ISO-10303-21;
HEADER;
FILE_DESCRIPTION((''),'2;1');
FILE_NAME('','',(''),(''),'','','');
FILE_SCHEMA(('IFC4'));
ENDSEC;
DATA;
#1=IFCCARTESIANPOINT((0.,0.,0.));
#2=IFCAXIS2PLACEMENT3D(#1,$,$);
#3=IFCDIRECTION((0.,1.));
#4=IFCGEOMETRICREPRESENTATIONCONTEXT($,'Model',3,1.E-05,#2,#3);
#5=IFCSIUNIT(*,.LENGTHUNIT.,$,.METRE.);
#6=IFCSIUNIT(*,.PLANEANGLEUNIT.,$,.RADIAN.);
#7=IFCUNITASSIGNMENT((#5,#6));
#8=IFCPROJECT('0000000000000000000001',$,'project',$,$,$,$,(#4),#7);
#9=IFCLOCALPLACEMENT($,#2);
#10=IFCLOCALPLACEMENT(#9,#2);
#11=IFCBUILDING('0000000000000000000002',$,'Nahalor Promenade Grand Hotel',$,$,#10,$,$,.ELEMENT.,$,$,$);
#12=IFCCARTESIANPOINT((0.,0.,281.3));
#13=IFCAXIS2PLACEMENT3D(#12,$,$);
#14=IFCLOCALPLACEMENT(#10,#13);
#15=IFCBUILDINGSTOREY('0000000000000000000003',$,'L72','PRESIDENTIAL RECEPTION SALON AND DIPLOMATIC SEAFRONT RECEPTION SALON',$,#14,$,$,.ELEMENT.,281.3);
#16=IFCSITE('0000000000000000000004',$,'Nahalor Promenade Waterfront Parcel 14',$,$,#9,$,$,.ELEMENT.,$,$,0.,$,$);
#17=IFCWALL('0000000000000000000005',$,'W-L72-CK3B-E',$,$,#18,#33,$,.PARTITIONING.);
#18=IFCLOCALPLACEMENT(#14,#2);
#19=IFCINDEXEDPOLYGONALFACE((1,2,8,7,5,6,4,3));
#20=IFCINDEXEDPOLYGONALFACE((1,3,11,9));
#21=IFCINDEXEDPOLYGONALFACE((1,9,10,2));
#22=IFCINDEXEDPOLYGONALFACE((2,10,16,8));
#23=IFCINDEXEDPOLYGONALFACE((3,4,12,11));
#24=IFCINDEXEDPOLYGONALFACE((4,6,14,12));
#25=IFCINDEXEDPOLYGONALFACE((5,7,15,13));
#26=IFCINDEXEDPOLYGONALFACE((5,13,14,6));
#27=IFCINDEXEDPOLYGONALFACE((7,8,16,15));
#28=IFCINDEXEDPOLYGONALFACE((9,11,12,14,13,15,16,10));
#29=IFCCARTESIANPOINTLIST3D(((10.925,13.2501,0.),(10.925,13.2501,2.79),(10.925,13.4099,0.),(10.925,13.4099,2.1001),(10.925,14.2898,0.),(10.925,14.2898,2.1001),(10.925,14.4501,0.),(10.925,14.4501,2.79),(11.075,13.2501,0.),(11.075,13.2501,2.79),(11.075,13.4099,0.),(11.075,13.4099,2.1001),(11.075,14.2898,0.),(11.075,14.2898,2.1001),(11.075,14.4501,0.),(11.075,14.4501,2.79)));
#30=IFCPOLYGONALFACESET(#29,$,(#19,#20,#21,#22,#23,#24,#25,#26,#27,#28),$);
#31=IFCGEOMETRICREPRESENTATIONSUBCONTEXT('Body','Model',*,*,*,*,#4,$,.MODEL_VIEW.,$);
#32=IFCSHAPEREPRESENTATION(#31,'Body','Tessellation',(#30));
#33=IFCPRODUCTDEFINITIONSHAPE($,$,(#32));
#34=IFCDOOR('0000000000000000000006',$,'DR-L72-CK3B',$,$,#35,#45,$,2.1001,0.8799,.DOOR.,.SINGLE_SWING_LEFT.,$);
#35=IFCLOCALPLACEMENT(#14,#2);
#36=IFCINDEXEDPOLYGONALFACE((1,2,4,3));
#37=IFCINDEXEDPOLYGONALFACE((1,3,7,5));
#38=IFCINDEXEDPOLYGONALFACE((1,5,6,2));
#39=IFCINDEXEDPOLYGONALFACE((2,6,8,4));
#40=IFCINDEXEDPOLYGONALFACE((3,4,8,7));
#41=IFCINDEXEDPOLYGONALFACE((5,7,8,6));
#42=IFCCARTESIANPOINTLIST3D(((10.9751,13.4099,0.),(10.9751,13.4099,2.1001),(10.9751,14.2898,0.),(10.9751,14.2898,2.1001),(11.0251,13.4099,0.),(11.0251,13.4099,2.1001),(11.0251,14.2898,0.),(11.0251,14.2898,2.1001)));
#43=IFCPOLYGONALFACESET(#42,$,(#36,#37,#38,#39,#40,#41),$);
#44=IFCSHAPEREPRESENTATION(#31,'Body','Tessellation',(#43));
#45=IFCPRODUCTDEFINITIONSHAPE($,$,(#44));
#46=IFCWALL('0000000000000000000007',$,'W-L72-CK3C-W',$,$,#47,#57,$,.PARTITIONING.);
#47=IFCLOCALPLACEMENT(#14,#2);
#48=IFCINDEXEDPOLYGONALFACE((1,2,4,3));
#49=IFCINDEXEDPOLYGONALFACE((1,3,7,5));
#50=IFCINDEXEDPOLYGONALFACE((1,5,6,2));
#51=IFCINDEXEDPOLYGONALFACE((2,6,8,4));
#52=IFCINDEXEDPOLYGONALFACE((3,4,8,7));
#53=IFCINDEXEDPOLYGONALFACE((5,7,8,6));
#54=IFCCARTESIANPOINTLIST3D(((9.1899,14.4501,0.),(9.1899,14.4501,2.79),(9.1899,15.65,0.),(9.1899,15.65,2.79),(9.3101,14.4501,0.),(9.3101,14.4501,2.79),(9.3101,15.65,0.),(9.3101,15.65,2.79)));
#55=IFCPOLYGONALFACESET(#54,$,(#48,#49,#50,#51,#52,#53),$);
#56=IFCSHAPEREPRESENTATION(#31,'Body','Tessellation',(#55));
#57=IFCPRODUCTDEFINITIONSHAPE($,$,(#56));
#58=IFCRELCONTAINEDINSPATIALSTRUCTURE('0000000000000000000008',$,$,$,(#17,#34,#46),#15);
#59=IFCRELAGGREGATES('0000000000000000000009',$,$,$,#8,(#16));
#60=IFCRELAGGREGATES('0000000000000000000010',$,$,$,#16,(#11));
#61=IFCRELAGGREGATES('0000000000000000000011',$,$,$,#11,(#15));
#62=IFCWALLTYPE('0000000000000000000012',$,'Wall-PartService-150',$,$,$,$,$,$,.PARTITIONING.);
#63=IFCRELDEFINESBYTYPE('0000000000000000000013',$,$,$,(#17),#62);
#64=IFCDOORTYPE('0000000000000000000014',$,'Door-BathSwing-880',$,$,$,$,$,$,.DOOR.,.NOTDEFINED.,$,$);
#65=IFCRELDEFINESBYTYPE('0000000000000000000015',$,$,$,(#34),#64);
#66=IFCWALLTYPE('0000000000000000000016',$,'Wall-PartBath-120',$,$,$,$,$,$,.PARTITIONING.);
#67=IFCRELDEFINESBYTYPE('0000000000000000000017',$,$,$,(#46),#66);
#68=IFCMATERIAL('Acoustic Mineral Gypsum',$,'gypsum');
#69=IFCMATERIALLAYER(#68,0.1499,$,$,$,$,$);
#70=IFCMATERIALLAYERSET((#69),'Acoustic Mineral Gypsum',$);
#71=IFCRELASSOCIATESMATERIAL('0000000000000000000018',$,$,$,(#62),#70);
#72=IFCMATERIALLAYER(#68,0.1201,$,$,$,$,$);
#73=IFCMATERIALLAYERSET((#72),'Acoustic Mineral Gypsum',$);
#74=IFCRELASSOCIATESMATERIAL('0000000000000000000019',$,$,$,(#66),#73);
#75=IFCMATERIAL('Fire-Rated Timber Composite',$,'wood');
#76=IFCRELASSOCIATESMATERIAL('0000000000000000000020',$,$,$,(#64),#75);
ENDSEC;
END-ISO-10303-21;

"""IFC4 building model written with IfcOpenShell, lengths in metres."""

from ifc_helpers import new_model, si_unit, direction, frame, frame_2d, origin, place, context, subcontext, project, spatial, rectangle, extrude, source, transform, mapped, material, layer, layer_set, type_object, element, fill, save


model = new_model("IFC4")

# Units and contexts
model_context = context("Model", 3, precision=1e-05, world=origin(), true_north=direction((0.0, 1.0)))
body_context = subcontext(model_context, "Body", "Model", "MODEL_VIEW")
ifc_project = project(units=[si_unit("LENGTHUNIT", "METRE"), si_unit("PLANEANGLEUNIT", "RADIAN")], contexts=[model_context])

# Site, building, storey
site_placement = place(None, origin())
site = spatial("IfcSite", under=ifc_project, at=site_placement, Name="Nahalor Promenade Waterfront Parcel 14", CompositionType="ELEMENT", RefElevation=0.0)
building_placement = place(site_placement, origin())
building = spatial("IfcBuilding", under=site, at=building_placement, Name="Nahalor Promenade Grand Hotel", CompositionType="ELEMENT")
storey_placement = place(building_placement, frame((0.0, 0.0, 281.3)))
storey = spatial("IfcBuildingStorey", under=building, at=storey_placement, Name="L72", Description="PRESIDENTIAL RECEPTION SALON AND DIPLOMATIC SEAFRONT RECEPTION SALON", CompositionType="ELEMENT", Elevation=281.3)

# Shared definitions
ifc_material_1 = material(Name="Acoustic Mineral Gypsum", Category="gypsum")
ifc_layer_1 = layer(ifc_material_1, 0.1499)
ifc_layer_set_1 = layer_set([ifc_layer_1], Name="Acoustic Mineral Gypsum")
wall_type_1 = type_object("IfcWallType", Name="Wall-PartService-150", PredefinedType="PARTITIONING", material=ifc_layer_set_1)
ifc_layer_2 = layer(ifc_material_1, 0.1201)
ifc_layer_set_2 = layer_set([ifc_layer_2], Name="Acoustic Mineral Gypsum")
wall_type_2 = type_object("IfcWallType", Name="Wall-PartBath-120", PredefinedType="PARTITIONING", material=ifc_layer_set_2)
shared_shape_1 = source(origin(), body_context, "Body", "SweptSolid", [
    extrude(rectangle(XDim=1.2, YDim=0.1499, at=frame_2d((0.6001, 0.0))), origin(), (0.0, 0.0, 1.0), 2.79),
])

# Shared definitions
ifc_material_2 = material(Name="Fire-Rated Timber Composite", Category="wood")
door_type = type_object("IfcDoorType", Name="Door-BathSwing-880", OperationType="NOTDEFINED", PredefinedType="DOOR", material=ifc_material_2)
shared_shape_2 = source(origin(), body_context, "Body", "SweptSolid", [
    extrude(rectangle(XDim=0.8799, YDim=2.1001, at=frame_2d((0.4399, 1.05))), frame((0.0, 0.0249, 0.0), z_axis=(0.0, -1.0, 0.0), x_axis=(1.0, 0.0, 0.0)), (0.0, 0.0, 1.0), 0.05),
])

# Wall, opening, door
wall_1_placement = place(storey_placement, frame((11.0, 13.25, 0.0), z_axis=(0.0, 0.0, 1.0), x_axis=(0.0, 1.0, 0.0)))
wall_1 = element("IfcWall", 1, at=wall_1_placement, inside=storey, type_object=wall_type_1, Name="W-L72-CK3B-E", PredefinedType="PARTITIONING", context=body_context, shape_type="MappedRepresentation", body=[
    mapped(shared_shape_1, transform((0.0, 0.0, 0.0), scale=1.0)),
])
opening_1_placement = place(wall_1_placement, frame((0.1599, 0.0, 0.0)))
opening_1 = element("IfcOpeningElement", 2, at=opening_1_placement, cuts=wall_1, PredefinedType="OPENING", context=body_context, shape_type="SweptSolid", body=[
    extrude(rectangle(XDim=0.8799, YDim=2.1001, at=frame_2d((0.4399, 1.05))), frame((0.0, 0.085, 0.0), z_axis=(0.0, -1.0, 0.0), x_axis=(1.0, 0.0, 0.0)), (0.0, 0.0, 1.0), 0.1699),
])
door_1_placement = place(opening_1_placement, origin())
door_1 = element("IfcDoor", 3, at=door_1_placement, inside=storey, type_object=door_type, Name="DR-L72-CK3B", OperationType="SINGLE_SWING_LEFT", OverallHeight=2.1001, OverallWidth=0.8799, PredefinedType="DOOR", context=body_context, shape_type="MappedRepresentation", body=[
    mapped(shared_shape_2, transform((0.0, 0.0, 0.0), scale=1.0)),
])
fill(opening_1, door_1)

# Wall
shared_shape_3 = source(origin(), body_context, "Body", "SweptSolid", [
    extrude(rectangle(XDim=1.2, YDim=0.1201, at=frame_2d((0.6001, 0.0))), origin(), (0.0, 0.0, 1.0), 2.79),
])
wall_2_placement = place(storey_placement, frame((9.25, 14.45, 0.0), z_axis=(0.0, 0.0, 1.0), x_axis=(0.0, 1.0, 0.0)))
element("IfcWall", 4, at=wall_2_placement, inside=storey, type_object=wall_type_2, Name="W-L72-CK3C-W", PredefinedType="PARTITIONING", context=body_context, shape_type="MappedRepresentation", body=[
    mapped(shared_shape_3, transform((0.0, 0.0, 0.0), scale=1.0)),
])

save(model, "model.ifc")
